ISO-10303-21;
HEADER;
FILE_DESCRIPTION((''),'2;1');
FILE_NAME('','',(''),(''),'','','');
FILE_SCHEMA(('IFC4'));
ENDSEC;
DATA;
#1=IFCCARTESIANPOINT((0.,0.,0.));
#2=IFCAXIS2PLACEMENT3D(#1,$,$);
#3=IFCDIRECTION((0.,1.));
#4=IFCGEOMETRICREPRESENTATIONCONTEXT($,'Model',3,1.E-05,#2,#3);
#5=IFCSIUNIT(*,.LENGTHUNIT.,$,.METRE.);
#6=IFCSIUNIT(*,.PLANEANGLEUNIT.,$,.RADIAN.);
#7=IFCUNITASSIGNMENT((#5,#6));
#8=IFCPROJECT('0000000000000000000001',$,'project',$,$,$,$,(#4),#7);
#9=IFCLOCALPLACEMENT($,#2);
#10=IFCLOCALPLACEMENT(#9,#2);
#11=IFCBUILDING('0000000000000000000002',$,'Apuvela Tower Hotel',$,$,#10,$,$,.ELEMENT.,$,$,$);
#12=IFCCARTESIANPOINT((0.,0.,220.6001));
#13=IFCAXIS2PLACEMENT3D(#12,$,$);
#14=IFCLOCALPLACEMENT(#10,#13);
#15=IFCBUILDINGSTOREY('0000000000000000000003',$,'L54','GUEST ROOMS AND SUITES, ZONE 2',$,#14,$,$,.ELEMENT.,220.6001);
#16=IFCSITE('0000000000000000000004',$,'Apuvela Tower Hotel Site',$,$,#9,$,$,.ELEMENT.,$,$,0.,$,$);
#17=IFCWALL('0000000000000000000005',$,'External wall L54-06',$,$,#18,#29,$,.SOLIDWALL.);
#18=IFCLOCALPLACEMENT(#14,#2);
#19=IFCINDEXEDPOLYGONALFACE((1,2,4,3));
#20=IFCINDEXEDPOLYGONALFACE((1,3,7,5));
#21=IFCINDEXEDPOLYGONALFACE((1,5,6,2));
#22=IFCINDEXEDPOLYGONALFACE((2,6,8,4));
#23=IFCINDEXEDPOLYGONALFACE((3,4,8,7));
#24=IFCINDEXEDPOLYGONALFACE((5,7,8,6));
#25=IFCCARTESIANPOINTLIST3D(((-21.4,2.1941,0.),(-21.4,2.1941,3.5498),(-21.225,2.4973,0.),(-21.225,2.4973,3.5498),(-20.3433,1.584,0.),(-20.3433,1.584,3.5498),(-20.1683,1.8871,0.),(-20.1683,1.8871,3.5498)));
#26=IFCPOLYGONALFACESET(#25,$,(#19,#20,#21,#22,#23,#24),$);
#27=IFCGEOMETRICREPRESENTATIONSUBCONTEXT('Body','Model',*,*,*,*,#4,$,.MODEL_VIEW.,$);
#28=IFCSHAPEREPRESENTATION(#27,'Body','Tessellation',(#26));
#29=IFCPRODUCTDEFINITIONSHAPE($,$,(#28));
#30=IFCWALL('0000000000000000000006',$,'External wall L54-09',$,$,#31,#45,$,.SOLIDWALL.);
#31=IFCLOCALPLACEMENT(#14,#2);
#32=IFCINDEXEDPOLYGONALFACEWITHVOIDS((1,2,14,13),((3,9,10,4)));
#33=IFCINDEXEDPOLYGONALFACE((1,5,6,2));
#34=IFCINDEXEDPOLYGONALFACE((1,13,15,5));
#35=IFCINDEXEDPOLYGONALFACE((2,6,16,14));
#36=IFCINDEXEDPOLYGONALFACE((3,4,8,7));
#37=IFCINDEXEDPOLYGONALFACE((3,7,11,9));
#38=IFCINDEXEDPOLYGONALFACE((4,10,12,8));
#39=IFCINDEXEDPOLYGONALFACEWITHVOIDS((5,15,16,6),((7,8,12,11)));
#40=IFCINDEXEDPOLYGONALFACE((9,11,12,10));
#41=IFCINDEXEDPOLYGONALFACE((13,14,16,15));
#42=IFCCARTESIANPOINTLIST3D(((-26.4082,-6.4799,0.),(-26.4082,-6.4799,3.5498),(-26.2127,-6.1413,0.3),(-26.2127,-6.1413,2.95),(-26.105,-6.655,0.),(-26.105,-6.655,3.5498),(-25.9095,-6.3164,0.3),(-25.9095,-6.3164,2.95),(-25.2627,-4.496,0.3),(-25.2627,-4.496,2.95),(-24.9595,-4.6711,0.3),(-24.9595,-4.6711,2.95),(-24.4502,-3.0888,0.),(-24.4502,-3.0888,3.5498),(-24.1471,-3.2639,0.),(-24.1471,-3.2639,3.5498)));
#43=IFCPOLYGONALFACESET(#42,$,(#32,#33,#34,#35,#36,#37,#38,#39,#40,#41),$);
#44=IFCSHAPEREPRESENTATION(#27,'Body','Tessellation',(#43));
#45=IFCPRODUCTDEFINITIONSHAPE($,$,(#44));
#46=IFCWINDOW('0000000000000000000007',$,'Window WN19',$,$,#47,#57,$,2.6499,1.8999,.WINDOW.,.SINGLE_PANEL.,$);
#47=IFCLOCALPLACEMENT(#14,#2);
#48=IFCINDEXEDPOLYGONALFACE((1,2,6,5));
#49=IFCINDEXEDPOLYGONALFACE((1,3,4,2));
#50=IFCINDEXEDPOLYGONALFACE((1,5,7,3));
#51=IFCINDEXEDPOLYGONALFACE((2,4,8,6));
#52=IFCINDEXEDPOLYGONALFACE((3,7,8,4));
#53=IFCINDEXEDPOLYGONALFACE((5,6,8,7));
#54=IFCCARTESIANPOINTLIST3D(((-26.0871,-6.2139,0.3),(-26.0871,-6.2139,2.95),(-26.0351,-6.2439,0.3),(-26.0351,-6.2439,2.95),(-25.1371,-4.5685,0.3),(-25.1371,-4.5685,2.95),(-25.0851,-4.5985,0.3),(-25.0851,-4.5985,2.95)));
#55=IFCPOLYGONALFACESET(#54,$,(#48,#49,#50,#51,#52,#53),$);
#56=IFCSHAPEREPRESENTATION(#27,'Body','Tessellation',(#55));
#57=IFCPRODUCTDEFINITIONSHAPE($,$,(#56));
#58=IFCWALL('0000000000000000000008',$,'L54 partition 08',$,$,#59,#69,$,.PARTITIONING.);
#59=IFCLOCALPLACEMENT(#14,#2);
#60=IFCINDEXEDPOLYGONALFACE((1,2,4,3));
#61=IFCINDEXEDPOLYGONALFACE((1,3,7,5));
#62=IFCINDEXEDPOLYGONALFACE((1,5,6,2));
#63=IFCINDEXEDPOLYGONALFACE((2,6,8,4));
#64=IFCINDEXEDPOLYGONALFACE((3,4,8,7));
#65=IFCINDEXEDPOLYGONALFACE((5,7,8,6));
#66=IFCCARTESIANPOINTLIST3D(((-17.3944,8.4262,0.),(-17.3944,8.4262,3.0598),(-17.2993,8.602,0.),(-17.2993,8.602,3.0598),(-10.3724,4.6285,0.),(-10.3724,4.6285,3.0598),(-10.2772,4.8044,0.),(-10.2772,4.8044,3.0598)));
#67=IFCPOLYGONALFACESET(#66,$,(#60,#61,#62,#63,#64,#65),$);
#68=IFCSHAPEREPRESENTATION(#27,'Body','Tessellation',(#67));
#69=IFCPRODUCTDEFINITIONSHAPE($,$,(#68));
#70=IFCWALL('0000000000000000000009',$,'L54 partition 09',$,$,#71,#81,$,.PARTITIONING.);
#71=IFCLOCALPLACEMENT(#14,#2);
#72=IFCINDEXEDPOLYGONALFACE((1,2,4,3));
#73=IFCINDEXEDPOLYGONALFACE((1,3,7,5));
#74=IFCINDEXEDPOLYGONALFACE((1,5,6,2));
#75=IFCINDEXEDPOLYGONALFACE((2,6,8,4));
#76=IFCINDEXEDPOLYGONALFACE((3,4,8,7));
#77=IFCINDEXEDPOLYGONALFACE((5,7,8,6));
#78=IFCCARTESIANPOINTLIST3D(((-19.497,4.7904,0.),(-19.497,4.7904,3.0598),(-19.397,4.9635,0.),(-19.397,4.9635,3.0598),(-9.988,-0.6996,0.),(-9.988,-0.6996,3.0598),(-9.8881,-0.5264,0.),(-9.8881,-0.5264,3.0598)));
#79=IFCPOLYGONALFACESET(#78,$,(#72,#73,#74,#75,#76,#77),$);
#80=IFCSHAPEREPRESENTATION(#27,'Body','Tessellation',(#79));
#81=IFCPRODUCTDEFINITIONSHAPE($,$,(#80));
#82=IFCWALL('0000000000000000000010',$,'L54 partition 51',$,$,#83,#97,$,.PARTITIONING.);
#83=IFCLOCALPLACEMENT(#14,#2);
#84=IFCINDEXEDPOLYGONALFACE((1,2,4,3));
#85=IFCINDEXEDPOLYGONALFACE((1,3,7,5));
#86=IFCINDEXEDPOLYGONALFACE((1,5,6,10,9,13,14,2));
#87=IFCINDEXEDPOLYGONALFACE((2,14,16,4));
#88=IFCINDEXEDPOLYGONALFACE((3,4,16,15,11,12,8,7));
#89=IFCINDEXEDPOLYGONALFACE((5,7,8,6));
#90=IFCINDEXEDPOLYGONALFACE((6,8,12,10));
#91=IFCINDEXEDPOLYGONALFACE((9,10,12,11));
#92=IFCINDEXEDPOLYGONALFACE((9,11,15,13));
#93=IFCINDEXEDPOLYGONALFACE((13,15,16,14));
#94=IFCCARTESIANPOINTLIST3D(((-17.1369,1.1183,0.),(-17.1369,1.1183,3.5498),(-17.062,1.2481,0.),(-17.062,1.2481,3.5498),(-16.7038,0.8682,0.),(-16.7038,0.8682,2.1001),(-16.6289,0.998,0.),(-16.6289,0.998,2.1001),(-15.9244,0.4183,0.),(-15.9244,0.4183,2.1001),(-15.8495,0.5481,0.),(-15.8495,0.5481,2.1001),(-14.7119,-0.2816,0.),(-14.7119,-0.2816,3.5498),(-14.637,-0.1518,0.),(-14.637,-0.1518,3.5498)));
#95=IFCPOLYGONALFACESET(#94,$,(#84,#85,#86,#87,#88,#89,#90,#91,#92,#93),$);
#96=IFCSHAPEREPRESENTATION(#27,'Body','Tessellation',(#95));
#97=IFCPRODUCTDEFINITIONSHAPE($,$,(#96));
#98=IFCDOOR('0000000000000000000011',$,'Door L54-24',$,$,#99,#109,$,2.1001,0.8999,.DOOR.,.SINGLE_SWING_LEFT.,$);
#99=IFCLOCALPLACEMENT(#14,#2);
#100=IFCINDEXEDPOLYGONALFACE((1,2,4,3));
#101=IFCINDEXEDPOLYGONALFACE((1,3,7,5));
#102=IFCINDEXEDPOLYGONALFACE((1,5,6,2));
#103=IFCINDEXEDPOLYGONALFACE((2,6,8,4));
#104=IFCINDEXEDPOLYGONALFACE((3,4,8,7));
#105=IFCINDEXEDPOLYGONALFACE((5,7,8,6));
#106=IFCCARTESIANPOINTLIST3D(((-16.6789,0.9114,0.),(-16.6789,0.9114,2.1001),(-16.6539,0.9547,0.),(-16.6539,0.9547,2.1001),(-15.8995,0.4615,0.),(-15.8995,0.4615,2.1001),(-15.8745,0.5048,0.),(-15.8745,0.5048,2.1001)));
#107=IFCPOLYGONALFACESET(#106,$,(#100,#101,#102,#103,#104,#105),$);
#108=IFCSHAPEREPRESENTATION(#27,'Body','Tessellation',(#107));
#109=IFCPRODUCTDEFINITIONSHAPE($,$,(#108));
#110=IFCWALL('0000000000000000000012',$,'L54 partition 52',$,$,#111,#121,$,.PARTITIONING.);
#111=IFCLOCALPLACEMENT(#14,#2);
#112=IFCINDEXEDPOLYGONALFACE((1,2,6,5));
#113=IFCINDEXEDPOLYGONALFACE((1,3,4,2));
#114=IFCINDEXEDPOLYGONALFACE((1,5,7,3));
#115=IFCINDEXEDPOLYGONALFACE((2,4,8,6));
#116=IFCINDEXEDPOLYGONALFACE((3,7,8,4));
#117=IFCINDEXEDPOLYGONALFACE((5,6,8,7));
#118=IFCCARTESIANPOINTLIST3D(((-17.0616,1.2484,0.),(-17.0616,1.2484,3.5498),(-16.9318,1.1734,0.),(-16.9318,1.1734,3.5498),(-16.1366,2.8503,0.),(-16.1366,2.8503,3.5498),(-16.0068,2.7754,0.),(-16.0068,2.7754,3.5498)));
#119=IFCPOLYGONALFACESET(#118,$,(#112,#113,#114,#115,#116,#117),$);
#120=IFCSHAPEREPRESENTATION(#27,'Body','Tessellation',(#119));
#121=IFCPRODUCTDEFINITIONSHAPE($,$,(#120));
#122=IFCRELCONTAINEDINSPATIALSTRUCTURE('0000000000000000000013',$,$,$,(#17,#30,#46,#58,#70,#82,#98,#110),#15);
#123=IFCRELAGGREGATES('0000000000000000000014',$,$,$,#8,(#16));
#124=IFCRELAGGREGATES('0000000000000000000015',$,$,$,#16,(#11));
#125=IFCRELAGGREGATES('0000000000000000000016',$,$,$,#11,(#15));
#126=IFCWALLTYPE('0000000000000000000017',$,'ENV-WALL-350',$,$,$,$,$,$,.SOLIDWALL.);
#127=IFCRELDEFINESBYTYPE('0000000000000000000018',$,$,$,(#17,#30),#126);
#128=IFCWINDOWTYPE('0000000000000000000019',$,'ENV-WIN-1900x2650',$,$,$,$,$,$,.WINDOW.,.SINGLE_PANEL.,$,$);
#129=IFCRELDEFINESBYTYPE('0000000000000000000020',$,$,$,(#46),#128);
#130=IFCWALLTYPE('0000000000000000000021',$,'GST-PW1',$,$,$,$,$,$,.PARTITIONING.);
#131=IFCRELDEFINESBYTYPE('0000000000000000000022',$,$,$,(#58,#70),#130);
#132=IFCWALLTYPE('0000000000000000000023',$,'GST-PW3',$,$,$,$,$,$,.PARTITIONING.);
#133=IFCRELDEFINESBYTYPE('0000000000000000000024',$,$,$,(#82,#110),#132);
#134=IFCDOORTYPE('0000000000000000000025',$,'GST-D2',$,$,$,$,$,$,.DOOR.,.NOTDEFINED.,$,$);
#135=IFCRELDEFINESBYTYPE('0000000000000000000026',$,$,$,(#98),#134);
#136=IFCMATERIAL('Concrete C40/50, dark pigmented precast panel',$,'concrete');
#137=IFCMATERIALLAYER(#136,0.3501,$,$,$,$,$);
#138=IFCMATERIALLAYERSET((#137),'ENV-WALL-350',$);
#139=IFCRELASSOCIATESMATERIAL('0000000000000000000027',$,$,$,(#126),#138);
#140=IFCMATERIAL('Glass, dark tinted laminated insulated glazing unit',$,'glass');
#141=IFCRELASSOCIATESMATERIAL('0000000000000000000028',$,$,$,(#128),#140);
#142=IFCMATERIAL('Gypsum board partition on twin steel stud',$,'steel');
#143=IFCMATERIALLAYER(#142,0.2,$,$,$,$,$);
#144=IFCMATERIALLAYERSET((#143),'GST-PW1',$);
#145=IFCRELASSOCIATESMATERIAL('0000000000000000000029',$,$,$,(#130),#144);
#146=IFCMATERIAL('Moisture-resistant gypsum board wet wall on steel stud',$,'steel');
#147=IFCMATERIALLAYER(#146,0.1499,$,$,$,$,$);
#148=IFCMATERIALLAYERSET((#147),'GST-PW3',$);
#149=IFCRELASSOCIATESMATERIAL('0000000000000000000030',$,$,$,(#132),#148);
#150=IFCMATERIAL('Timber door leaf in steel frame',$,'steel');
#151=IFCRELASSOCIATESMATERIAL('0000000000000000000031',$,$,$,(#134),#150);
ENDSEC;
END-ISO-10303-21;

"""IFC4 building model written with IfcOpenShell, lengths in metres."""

from ifc_helpers import new_model, si_unit, direction, frame, frame_2d, origin, place, context, subcontext, project, spatial, rectangle, extrude, material, layer, layer_set, type_object, element, fill, save


model = new_model("IFC4")

# Units and contexts
model_context = context("Model", 3, precision=1e-05, world=origin(), true_north=direction((0.0, 1.0)))
body_context = subcontext(model_context, "Body", "Model", "MODEL_VIEW")
ifc_project = project(units=[si_unit("LENGTHUNIT", "METRE"), si_unit("PLANEANGLEUNIT", "RADIAN")], contexts=[model_context])

# Site, building, storey
site_placement = place(None, origin())
site = spatial("IfcSite", under=ifc_project, at=site_placement, Name="Apuvela Tower Hotel Site", CompositionType="ELEMENT", RefElevation=0.0)
building_placement = place(site_placement, origin())
building = spatial("IfcBuilding", under=site, at=building_placement, Name="Apuvela Tower Hotel", CompositionType="ELEMENT")
storey_placement = place(building_placement, frame((0.0, 0.0, 220.6001)))
storey = spatial("IfcBuildingStorey", under=building, at=storey_placement, Name="L54", Description="GUEST ROOMS AND SUITES, ZONE 2", CompositionType="ELEMENT", Elevation=220.6001)

# Shared definitions
ifc_material_1 = material(Name="Concrete C40/50, dark pigmented precast panel", Category="concrete")
ifc_layer_1 = layer(ifc_material_1, 0.3501)
ifc_layer_set_1 = layer_set([ifc_layer_1], Name="ENV-WALL-350")
wall_type_1 = type_object("IfcWallType", Name="ENV-WALL-350", PredefinedType="SOLIDWALL", material=ifc_layer_set_1)

# Shared definitions
ifc_material_2 = material(Name="Glass, dark tinted laminated insulated glazing unit", Category="glass")

# Wall
wall_1_placement = place(storey_placement, frame((-21.3125, 2.3457, 0.0), z_axis=(0.0, 0.0, 1.0), x_axis=(0.866006, -0.500034, 0.0)))
element("IfcWall", 1, at=wall_1_placement, inside=storey, type_object=wall_type_1, Name="External wall L54-06", PredefinedType="SOLIDWALL", context=body_context, shape_type="SweptSolid", body=[
    extrude(rectangle(XDim=1.2202, YDim=0.3501, at=frame_2d((0.6101, 0.0))), origin(), (0.0, 0.0, 1.0), 3.5498),
])

# Wall, opening, window
wall_2_placement = place(storey_placement, frame((-24.2986, -3.1763, 0.0), z_axis=(0.0, 0.0, 1.0), x_axis=(-0.500028, -0.866009, 0.0)))
wall_2 = element("IfcWall", 2, at=wall_2_placement, inside=storey, type_object=wall_type_1, Name="External wall L54-09", PredefinedType="SOLIDWALL", context=body_context, shape_type="SweptSolid", body=[
    extrude(rectangle(XDim=3.9158, YDim=0.3501, at=frame_2d((1.958, 0.0))), origin(), (0.0, 0.0, 1.0), 3.5498),
])
opening_1_placement = place(wall_2_placement, frame((1.625, 0.0, 0.3)))
opening_1 = element("IfcOpeningElement", 3, at=opening_1_placement, cuts=wall_2, PredefinedType="OPENING", context=body_context, shape_type="SweptSolid", body=[
    extrude(rectangle(XDim=1.8999, YDim=2.6499, at=frame_2d((0.95, 1.325))), frame((0.0, 0.1851, 0.0), z_axis=(0.0, -1.0, 0.0), x_axis=(1.0, 0.0, 0.0)), (0.0, 0.0, 1.0), 0.3701),
])
window_type_1 = type_object("IfcWindowType", Name="ENV-WIN-1900x2650", PartitioningType="SINGLE_PANEL", PredefinedType="WINDOW", material=ifc_material_2)
window_1_placement = place(opening_1_placement, origin())
window_1 = element("IfcWindow", 4, at=window_1_placement, inside=storey, type_object=window_type_1, Name="Window WN19", OverallHeight=2.6499, OverallWidth=1.8999, PartitioningType="SINGLE_PANEL", PredefinedType="WINDOW", context=body_context, shape_type="SweptSolid", body=[
    extrude(rectangle(XDim=1.8999, YDim=2.6499, at=frame_2d((0.95, 1.325))), frame((0.0, 0.03, 0.0), z_axis=(0.0, -1.0, 0.0), x_axis=(1.0, 0.0, 0.0)), (0.0, 0.0, 1.0), 0.0601),
])
fill(opening_1, window_1)

# Walls
ifc_material_3 = material(Name="Gypsum board partition on twin steel stud", Category="steel")
ifc_layer_2 = layer(ifc_material_3, 0.2)
ifc_layer_set_2 = layer_set([ifc_layer_2], Name="GST-PW1")
wall_type_2 = type_object("IfcWallType", Name="GST-PW1", PredefinedType="PARTITIONING", material=ifc_layer_set_2)
wall_3_placement = place(storey_placement, frame((-17.3469, 8.5142, 0.0), z_axis=(0.0, 0.0, 1.0), x_axis=(0.879604, -0.475706, 0.0)))
element("IfcWall", 5, at=wall_3_placement, inside=storey, type_object=wall_type_2, Name="L54 partition 08", PredefinedType="PARTITIONING", context=body_context, shape_type="SweptSolid", body=[
    extrude(rectangle(XDim=7.9832, YDim=0.2, at=frame_2d((3.9917, 0.0))), origin(), (0.0, 0.0, 1.0), 3.0598),
])
wall_4_placement = place(storey_placement, frame((-19.447, 4.877, 0.0), z_axis=(0.0, 0.0, 1.0), x_axis=(0.866027, -0.499996, 0.0)))
element("IfcWall", 6, at=wall_4_placement, inside=storey, type_object=wall_type_2, Name="L54 partition 09", PredefinedType="PARTITIONING", context=body_context, shape_type="SweptSolid", body=[
    extrude(rectangle(XDim=10.98, YDim=0.2, at=frame_2d((5.49, 0.0))), origin(), (0.0, 0.0, 1.0), 3.0598),
])

# Wall, opening, door
ifc_material_4 = material(Name="Moisture-resistant gypsum board wet wall on steel stud", Category="steel")
ifc_layer_3 = layer(ifc_material_4, 0.1499)
ifc_layer_set_3 = layer_set([ifc_layer_3], Name="GST-PW3")
wall_type_3 = type_object("IfcWallType", Name="GST-PW3", PredefinedType="PARTITIONING", material=ifc_layer_set_3)
wall_5_placement = place(storey_placement, frame((-17.0994, 1.1831, 0.0), z_axis=(0.0, 0.0, 1.0), x_axis=(0.866056, -0.499946, 0.0)))
wall_5 = element("IfcWall", 7, at=wall_5_placement, inside=storey, type_object=wall_type_3, Name="L54 partition 51", PredefinedType="PARTITIONING", context=body_context, shape_type="SweptSolid", body=[
    extrude(rectangle(XDim=2.8, YDim=0.1499, at=frame_2d((1.3999, 0.0))), origin(), (0.0, 0.0, 1.0), 3.5498),
])
opening_2_placement = place(wall_5_placement, frame((0.5, 0.0, 0.0)))
opening_2 = element("IfcOpeningElement", 8, at=opening_2_placement, cuts=wall_5, PredefinedType="OPENING", context=body_context, shape_type="SweptSolid", body=[
    extrude(rectangle(XDim=0.8999, YDim=2.1001, at=frame_2d((0.45, 1.05))), frame((0.0, 0.085, 0.0), z_axis=(0.0, -1.0, 0.0), x_axis=(1.0, 0.0, 0.0)), (0.0, 0.0, 1.0), 0.1699),
])
ifc_material_5 = material(Name="Timber door leaf in steel frame", Category="steel")
door_type_1 = type_object("IfcDoorType", Name="GST-D2", OperationType="NOTDEFINED", PredefinedType="DOOR", material=ifc_material_5)
door_1_placement = place(opening_2_placement, origin())
door_1 = element("IfcDoor", 9, at=door_1_placement, inside=storey, type_object=door_type_1, Name="Door L54-24", OperationType="SINGLE_SWING_LEFT", OverallHeight=2.1001, OverallWidth=0.8999, PredefinedType="DOOR", context=body_context, shape_type="SweptSolid", body=[
    extrude(rectangle(XDim=0.8999, YDim=2.1001, at=frame_2d((0.45, 1.05))), frame((0.0, 0.0249, 0.0), z_axis=(0.0, -1.0, 0.0), x_axis=(1.0, 0.0, 0.0)), (0.0, 0.0, 1.0), 0.05),
])
fill(opening_2, door_1)

# Wall
wall_6_placement = place(storey_placement, frame((-16.0718, 2.8127, 0.0), z_axis=(0.0, 0.0, 1.0), x_axis=(-0.500042, -0.866001, 0.0)))
element("IfcWall", 10, at=wall_6_placement, inside=storey, type_object=wall_type_3, Name="L54 partition 52", PredefinedType="PARTITIONING", context=body_context, shape_type="SweptSolid", body=[
    extrude(rectangle(XDim=1.8499, YDim=0.1499, at=frame_2d((0.9248, 0.0))), origin(), (0.0, 0.0, 1.0), 3.5498),
])

save(model, "model.ifc")
